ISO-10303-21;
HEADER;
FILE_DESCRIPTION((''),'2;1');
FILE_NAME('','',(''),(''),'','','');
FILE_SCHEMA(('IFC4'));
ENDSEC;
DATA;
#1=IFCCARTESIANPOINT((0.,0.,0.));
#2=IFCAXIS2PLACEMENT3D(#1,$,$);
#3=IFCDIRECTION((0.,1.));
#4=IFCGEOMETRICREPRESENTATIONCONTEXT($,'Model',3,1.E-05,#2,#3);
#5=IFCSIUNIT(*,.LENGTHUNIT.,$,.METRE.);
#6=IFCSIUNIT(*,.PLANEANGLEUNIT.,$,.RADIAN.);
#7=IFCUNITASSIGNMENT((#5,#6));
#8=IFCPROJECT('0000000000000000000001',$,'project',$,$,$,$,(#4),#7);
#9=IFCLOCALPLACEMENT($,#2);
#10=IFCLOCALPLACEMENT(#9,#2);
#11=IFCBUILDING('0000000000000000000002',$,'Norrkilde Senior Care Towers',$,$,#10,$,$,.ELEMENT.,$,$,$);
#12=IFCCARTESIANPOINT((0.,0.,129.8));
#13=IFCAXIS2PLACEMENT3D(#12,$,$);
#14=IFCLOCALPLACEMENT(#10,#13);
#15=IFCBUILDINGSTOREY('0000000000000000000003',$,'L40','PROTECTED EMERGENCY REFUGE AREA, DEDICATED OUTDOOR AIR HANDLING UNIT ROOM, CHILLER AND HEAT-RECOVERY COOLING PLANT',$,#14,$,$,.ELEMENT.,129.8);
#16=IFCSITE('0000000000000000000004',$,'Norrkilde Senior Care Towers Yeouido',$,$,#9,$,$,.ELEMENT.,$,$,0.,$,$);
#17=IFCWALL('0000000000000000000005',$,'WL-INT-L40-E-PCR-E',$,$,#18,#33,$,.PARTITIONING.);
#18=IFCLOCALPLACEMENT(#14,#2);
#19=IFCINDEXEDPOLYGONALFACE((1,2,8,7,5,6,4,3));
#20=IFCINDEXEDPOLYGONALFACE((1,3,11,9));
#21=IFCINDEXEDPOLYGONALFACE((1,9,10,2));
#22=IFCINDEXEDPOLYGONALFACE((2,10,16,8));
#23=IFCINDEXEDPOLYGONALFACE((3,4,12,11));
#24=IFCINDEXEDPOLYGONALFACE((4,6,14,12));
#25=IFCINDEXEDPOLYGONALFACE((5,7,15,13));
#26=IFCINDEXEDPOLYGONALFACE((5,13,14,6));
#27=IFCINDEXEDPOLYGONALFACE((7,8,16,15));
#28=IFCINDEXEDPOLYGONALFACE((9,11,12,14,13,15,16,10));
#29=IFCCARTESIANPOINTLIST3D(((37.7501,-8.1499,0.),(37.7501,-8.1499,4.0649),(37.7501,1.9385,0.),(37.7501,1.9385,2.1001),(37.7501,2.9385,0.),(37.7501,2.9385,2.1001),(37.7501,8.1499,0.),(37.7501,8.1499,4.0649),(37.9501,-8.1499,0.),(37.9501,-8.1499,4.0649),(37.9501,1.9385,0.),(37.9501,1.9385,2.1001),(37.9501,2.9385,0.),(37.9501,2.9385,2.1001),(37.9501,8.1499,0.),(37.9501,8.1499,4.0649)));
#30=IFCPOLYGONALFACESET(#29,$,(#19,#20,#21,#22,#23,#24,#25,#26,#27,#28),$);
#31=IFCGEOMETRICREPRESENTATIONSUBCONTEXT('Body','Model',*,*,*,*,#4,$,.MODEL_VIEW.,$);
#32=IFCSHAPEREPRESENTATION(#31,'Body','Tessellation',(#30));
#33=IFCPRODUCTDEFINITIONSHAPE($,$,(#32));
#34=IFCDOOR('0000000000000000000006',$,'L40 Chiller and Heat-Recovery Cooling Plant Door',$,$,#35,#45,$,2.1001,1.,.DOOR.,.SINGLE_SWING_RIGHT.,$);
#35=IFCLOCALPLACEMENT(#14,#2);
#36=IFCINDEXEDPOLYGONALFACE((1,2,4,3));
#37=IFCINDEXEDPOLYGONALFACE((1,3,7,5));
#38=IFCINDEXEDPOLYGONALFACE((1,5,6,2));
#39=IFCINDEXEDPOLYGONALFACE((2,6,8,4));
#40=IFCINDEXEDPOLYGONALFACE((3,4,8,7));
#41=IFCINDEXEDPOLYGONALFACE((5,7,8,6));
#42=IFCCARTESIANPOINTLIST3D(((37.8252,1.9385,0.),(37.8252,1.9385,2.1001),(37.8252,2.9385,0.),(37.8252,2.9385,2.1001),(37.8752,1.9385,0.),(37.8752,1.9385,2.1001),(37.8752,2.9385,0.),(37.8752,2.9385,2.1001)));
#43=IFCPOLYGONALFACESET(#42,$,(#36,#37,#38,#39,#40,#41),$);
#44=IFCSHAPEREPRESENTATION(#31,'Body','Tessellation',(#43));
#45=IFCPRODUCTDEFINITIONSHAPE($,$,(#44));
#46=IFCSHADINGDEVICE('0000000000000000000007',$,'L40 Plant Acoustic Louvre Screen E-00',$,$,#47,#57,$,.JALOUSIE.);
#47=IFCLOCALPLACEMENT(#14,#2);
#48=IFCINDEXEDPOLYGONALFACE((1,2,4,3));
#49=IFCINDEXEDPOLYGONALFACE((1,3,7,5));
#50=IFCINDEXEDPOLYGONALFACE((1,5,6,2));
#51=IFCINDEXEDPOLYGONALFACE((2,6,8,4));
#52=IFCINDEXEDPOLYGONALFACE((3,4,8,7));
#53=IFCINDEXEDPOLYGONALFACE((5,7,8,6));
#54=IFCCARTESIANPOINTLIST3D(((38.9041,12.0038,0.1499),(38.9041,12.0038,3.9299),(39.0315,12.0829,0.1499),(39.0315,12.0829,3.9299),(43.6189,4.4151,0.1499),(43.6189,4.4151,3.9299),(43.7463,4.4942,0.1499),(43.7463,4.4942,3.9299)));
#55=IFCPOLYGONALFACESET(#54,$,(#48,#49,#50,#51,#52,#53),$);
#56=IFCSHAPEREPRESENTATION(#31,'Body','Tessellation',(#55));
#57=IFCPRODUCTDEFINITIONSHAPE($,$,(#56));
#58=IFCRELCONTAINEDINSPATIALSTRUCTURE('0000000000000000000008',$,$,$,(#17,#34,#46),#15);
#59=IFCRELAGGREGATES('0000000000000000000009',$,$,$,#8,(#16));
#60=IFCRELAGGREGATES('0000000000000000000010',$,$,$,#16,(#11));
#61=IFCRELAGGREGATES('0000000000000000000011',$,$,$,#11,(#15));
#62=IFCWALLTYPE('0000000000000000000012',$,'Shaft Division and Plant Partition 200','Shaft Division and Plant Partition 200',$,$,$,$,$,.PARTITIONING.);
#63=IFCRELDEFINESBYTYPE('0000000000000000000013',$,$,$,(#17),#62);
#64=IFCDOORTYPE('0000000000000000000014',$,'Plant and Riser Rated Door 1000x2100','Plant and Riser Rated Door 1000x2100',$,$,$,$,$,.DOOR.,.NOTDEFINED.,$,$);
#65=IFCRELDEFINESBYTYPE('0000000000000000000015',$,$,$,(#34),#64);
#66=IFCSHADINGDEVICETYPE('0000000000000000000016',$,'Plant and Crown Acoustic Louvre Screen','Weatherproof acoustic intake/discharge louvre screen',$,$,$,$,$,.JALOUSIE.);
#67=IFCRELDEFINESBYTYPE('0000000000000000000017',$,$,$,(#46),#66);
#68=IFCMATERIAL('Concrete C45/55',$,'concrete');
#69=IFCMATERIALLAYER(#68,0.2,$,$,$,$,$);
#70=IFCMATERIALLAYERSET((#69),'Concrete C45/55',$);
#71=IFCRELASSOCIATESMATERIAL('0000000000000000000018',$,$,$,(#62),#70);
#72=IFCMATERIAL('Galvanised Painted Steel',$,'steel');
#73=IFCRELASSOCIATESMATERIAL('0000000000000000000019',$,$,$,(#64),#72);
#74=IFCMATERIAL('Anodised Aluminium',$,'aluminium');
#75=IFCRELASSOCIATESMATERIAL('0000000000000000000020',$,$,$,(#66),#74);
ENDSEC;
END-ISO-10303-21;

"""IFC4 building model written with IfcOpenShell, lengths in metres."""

from ifc_helpers import new_model, si_unit, direction, frame, frame_2d, origin, origin_2d, place, context, subcontext, project, spatial, rectangle, extrude, source, transform, mapped, material, layer, layer_set, type_object, type_shapes, element, fill, save


model = new_model("IFC4")

# Units and contexts
model_context = context("Model", 3, precision=1e-05, world=origin(), true_north=direction((0.0, 1.0)))
body_context = subcontext(model_context, "Body", "Model", "MODEL_VIEW")
ifc_project = project(units=[si_unit("LENGTHUNIT", "METRE"), si_unit("PLANEANGLEUNIT", "RADIAN")], contexts=[model_context])

# Site, building, storey
site_placement = place(None, origin())
site = spatial("IfcSite", under=ifc_project, at=site_placement, Name="Norrkilde Senior Care Towers Yeouido", CompositionType="ELEMENT", RefElevation=0.0)
building_placement = place(site_placement, origin())
building = spatial("IfcBuilding", under=site, at=building_placement, Name="Norrkilde Senior Care Towers", CompositionType="ELEMENT")
storey_placement = place(building_placement, frame((0.0, 0.0, 129.8)))
storey = spatial("IfcBuildingStorey", under=building, at=storey_placement, Name="L40", Description="PROTECTED EMERGENCY REFUGE AREA, DEDICATED OUTDOOR AIR HANDLING UNIT ROOM, CHILLER AND HEAT-RECOVERY COOLING PLANT", CompositionType="ELEMENT", Elevation=129.8)

# Shared definitions
ifc_material_1 = material(Name="Anodised Aluminium", Category="aluminium")

# Wall, opening, door
ifc_material_2 = material(Name="Concrete C45/55", Category="concrete")
ifc_layer_1 = layer(ifc_material_2, 0.2)
ifc_layer_set_1 = layer_set([ifc_layer_1], Name="Concrete C45/55")
wall_type = type_object("IfcWallType", Name="Shaft Division and Plant Partition 200", Description="Shaft Division and Plant Partition 200", PredefinedType="PARTITIONING", material=ifc_layer_set_1)
shared_shape_1 = source(origin(), body_context, "Body", "SweptSolid", [
    extrude(rectangle(XDim=16.2998, YDim=0.2, at=frame_2d((8.1499, 0.0))), origin(), (0.0, 0.0, 1.0), 4.0649),
])
type_shapes(wall_type, [shared_shape_1])
wall_placement = place(storey_placement, frame((37.8501, 8.1499, 0.0), z_axis=(0.0, 0.0, 1.0), x_axis=(0.0, -1.0, 0.0)))
wall = element("IfcWall", 1, at=wall_placement, inside=storey, type_object=wall_type, Name="WL-INT-L40-E-PCR-E", PredefinedType="PARTITIONING", context=body_context, shape_type="MappedRepresentation", body=[
    mapped(shared_shape_1, transform((0.0, 0.0, 0.0), x_axis=(1.0, 0.0, 0.0), y_axis=(0.0, 1.0, 0.0), z_axis=(0.0, 0.0, 1.0), scale=1.0)),
])
opening_placement = place(wall_placement, frame((5.2114, 0.0, 0.0)))
opening = element("IfcOpeningElement", 2, at=opening_placement, cuts=wall, PredefinedType="OPENING", context=body_context, shape_type="SweptSolid", body=[
    extrude(rectangle(XDim=1.0, YDim=2.1001, at=frame_2d((0.5, 1.05))), frame((0.0, 0.1099, 0.0), z_axis=(0.0, -1.0, 0.0), x_axis=(1.0, 0.0, 0.0)), (0.0, 0.0, 1.0), 0.22),
])
ifc_material_3 = material(Name="Galvanised Painted Steel", Category="steel")
door_type = type_object("IfcDoorType", Name="Plant and Riser Rated Door 1000x2100", Description="Plant and Riser Rated Door 1000x2100", OperationType="NOTDEFINED", PredefinedType="DOOR", material=ifc_material_3)
shared_shape_2 = source(origin(), body_context, "Body", "SweptSolid", [
    extrude(rectangle(XDim=1.0, YDim=2.1001, at=frame_2d((0.5, 1.05))), frame((0.0, 0.0249, 0.0), z_axis=(0.0, -1.0, 0.0), x_axis=(1.0, 0.0, 0.0)), (0.0, 0.0, 1.0), 0.05),
])
type_shapes(door_type, [shared_shape_2])
door_placement = place(opening_placement, frame((1.0, 0.0, 0.0), z_axis=(0.0, 0.0, 1.0), x_axis=(-1.0, 0.0, 0.0)))
door = element("IfcDoor", 3, at=door_placement, inside=storey, type_object=door_type, Name="L40 Chiller and Heat-Recovery Cooling Plant Door", OperationType="SINGLE_SWING_RIGHT", OverallHeight=2.1001, OverallWidth=1.0, PredefinedType="DOOR", context=body_context, shape_type="MappedRepresentation", body=[
    mapped(shared_shape_2, transform((0.0, 0.0, 0.0), x_axis=(1.0, 0.0, 0.0), y_axis=(0.0, 1.0, 0.0), z_axis=(0.0, 0.0, 1.0), scale=1.0)),
])
fill(opening, door)

# Shading device
shading_device_type = type_object("IfcShadingDeviceType", Name="Plant and Crown Acoustic Louvre Screen", Description="Weatherproof acoustic intake/discharge louvre screen", PredefinedType="JALOUSIE", material=ifc_material_1)
shared_shape_3 = source(origin(), body_context, "Body", "SweptSolid", [
    extrude(rectangle(XDim=8.9341, YDim=0.1499, at=origin_2d()), origin(), (0.0, 0.0, 1.0), 3.78),
])
type_shapes(shading_device_type, [shared_shape_3])
shading_device_placement = place(storey_placement, frame((41.3252, 8.249, 0.1499), z_axis=(0.0, 0.0, 1.0), x_axis=(0.527733, -0.84941, 0.0)))
element("IfcShadingDevice", 4, at=shading_device_placement, inside=storey, type_object=shading_device_type, Name="L40 Plant Acoustic Louvre Screen E-00", PredefinedType="JALOUSIE", context=body_context, shape_type="MappedRepresentation", body=[
    mapped(shared_shape_3, transform((0.0, 0.0, 0.0), x_axis=(1.0, 0.0, 0.0), y_axis=(0.0, 1.0, 0.0), z_axis=(0.0, 0.0, 1.0), scale=1.0)),
])

save(model, "model.ifc")
